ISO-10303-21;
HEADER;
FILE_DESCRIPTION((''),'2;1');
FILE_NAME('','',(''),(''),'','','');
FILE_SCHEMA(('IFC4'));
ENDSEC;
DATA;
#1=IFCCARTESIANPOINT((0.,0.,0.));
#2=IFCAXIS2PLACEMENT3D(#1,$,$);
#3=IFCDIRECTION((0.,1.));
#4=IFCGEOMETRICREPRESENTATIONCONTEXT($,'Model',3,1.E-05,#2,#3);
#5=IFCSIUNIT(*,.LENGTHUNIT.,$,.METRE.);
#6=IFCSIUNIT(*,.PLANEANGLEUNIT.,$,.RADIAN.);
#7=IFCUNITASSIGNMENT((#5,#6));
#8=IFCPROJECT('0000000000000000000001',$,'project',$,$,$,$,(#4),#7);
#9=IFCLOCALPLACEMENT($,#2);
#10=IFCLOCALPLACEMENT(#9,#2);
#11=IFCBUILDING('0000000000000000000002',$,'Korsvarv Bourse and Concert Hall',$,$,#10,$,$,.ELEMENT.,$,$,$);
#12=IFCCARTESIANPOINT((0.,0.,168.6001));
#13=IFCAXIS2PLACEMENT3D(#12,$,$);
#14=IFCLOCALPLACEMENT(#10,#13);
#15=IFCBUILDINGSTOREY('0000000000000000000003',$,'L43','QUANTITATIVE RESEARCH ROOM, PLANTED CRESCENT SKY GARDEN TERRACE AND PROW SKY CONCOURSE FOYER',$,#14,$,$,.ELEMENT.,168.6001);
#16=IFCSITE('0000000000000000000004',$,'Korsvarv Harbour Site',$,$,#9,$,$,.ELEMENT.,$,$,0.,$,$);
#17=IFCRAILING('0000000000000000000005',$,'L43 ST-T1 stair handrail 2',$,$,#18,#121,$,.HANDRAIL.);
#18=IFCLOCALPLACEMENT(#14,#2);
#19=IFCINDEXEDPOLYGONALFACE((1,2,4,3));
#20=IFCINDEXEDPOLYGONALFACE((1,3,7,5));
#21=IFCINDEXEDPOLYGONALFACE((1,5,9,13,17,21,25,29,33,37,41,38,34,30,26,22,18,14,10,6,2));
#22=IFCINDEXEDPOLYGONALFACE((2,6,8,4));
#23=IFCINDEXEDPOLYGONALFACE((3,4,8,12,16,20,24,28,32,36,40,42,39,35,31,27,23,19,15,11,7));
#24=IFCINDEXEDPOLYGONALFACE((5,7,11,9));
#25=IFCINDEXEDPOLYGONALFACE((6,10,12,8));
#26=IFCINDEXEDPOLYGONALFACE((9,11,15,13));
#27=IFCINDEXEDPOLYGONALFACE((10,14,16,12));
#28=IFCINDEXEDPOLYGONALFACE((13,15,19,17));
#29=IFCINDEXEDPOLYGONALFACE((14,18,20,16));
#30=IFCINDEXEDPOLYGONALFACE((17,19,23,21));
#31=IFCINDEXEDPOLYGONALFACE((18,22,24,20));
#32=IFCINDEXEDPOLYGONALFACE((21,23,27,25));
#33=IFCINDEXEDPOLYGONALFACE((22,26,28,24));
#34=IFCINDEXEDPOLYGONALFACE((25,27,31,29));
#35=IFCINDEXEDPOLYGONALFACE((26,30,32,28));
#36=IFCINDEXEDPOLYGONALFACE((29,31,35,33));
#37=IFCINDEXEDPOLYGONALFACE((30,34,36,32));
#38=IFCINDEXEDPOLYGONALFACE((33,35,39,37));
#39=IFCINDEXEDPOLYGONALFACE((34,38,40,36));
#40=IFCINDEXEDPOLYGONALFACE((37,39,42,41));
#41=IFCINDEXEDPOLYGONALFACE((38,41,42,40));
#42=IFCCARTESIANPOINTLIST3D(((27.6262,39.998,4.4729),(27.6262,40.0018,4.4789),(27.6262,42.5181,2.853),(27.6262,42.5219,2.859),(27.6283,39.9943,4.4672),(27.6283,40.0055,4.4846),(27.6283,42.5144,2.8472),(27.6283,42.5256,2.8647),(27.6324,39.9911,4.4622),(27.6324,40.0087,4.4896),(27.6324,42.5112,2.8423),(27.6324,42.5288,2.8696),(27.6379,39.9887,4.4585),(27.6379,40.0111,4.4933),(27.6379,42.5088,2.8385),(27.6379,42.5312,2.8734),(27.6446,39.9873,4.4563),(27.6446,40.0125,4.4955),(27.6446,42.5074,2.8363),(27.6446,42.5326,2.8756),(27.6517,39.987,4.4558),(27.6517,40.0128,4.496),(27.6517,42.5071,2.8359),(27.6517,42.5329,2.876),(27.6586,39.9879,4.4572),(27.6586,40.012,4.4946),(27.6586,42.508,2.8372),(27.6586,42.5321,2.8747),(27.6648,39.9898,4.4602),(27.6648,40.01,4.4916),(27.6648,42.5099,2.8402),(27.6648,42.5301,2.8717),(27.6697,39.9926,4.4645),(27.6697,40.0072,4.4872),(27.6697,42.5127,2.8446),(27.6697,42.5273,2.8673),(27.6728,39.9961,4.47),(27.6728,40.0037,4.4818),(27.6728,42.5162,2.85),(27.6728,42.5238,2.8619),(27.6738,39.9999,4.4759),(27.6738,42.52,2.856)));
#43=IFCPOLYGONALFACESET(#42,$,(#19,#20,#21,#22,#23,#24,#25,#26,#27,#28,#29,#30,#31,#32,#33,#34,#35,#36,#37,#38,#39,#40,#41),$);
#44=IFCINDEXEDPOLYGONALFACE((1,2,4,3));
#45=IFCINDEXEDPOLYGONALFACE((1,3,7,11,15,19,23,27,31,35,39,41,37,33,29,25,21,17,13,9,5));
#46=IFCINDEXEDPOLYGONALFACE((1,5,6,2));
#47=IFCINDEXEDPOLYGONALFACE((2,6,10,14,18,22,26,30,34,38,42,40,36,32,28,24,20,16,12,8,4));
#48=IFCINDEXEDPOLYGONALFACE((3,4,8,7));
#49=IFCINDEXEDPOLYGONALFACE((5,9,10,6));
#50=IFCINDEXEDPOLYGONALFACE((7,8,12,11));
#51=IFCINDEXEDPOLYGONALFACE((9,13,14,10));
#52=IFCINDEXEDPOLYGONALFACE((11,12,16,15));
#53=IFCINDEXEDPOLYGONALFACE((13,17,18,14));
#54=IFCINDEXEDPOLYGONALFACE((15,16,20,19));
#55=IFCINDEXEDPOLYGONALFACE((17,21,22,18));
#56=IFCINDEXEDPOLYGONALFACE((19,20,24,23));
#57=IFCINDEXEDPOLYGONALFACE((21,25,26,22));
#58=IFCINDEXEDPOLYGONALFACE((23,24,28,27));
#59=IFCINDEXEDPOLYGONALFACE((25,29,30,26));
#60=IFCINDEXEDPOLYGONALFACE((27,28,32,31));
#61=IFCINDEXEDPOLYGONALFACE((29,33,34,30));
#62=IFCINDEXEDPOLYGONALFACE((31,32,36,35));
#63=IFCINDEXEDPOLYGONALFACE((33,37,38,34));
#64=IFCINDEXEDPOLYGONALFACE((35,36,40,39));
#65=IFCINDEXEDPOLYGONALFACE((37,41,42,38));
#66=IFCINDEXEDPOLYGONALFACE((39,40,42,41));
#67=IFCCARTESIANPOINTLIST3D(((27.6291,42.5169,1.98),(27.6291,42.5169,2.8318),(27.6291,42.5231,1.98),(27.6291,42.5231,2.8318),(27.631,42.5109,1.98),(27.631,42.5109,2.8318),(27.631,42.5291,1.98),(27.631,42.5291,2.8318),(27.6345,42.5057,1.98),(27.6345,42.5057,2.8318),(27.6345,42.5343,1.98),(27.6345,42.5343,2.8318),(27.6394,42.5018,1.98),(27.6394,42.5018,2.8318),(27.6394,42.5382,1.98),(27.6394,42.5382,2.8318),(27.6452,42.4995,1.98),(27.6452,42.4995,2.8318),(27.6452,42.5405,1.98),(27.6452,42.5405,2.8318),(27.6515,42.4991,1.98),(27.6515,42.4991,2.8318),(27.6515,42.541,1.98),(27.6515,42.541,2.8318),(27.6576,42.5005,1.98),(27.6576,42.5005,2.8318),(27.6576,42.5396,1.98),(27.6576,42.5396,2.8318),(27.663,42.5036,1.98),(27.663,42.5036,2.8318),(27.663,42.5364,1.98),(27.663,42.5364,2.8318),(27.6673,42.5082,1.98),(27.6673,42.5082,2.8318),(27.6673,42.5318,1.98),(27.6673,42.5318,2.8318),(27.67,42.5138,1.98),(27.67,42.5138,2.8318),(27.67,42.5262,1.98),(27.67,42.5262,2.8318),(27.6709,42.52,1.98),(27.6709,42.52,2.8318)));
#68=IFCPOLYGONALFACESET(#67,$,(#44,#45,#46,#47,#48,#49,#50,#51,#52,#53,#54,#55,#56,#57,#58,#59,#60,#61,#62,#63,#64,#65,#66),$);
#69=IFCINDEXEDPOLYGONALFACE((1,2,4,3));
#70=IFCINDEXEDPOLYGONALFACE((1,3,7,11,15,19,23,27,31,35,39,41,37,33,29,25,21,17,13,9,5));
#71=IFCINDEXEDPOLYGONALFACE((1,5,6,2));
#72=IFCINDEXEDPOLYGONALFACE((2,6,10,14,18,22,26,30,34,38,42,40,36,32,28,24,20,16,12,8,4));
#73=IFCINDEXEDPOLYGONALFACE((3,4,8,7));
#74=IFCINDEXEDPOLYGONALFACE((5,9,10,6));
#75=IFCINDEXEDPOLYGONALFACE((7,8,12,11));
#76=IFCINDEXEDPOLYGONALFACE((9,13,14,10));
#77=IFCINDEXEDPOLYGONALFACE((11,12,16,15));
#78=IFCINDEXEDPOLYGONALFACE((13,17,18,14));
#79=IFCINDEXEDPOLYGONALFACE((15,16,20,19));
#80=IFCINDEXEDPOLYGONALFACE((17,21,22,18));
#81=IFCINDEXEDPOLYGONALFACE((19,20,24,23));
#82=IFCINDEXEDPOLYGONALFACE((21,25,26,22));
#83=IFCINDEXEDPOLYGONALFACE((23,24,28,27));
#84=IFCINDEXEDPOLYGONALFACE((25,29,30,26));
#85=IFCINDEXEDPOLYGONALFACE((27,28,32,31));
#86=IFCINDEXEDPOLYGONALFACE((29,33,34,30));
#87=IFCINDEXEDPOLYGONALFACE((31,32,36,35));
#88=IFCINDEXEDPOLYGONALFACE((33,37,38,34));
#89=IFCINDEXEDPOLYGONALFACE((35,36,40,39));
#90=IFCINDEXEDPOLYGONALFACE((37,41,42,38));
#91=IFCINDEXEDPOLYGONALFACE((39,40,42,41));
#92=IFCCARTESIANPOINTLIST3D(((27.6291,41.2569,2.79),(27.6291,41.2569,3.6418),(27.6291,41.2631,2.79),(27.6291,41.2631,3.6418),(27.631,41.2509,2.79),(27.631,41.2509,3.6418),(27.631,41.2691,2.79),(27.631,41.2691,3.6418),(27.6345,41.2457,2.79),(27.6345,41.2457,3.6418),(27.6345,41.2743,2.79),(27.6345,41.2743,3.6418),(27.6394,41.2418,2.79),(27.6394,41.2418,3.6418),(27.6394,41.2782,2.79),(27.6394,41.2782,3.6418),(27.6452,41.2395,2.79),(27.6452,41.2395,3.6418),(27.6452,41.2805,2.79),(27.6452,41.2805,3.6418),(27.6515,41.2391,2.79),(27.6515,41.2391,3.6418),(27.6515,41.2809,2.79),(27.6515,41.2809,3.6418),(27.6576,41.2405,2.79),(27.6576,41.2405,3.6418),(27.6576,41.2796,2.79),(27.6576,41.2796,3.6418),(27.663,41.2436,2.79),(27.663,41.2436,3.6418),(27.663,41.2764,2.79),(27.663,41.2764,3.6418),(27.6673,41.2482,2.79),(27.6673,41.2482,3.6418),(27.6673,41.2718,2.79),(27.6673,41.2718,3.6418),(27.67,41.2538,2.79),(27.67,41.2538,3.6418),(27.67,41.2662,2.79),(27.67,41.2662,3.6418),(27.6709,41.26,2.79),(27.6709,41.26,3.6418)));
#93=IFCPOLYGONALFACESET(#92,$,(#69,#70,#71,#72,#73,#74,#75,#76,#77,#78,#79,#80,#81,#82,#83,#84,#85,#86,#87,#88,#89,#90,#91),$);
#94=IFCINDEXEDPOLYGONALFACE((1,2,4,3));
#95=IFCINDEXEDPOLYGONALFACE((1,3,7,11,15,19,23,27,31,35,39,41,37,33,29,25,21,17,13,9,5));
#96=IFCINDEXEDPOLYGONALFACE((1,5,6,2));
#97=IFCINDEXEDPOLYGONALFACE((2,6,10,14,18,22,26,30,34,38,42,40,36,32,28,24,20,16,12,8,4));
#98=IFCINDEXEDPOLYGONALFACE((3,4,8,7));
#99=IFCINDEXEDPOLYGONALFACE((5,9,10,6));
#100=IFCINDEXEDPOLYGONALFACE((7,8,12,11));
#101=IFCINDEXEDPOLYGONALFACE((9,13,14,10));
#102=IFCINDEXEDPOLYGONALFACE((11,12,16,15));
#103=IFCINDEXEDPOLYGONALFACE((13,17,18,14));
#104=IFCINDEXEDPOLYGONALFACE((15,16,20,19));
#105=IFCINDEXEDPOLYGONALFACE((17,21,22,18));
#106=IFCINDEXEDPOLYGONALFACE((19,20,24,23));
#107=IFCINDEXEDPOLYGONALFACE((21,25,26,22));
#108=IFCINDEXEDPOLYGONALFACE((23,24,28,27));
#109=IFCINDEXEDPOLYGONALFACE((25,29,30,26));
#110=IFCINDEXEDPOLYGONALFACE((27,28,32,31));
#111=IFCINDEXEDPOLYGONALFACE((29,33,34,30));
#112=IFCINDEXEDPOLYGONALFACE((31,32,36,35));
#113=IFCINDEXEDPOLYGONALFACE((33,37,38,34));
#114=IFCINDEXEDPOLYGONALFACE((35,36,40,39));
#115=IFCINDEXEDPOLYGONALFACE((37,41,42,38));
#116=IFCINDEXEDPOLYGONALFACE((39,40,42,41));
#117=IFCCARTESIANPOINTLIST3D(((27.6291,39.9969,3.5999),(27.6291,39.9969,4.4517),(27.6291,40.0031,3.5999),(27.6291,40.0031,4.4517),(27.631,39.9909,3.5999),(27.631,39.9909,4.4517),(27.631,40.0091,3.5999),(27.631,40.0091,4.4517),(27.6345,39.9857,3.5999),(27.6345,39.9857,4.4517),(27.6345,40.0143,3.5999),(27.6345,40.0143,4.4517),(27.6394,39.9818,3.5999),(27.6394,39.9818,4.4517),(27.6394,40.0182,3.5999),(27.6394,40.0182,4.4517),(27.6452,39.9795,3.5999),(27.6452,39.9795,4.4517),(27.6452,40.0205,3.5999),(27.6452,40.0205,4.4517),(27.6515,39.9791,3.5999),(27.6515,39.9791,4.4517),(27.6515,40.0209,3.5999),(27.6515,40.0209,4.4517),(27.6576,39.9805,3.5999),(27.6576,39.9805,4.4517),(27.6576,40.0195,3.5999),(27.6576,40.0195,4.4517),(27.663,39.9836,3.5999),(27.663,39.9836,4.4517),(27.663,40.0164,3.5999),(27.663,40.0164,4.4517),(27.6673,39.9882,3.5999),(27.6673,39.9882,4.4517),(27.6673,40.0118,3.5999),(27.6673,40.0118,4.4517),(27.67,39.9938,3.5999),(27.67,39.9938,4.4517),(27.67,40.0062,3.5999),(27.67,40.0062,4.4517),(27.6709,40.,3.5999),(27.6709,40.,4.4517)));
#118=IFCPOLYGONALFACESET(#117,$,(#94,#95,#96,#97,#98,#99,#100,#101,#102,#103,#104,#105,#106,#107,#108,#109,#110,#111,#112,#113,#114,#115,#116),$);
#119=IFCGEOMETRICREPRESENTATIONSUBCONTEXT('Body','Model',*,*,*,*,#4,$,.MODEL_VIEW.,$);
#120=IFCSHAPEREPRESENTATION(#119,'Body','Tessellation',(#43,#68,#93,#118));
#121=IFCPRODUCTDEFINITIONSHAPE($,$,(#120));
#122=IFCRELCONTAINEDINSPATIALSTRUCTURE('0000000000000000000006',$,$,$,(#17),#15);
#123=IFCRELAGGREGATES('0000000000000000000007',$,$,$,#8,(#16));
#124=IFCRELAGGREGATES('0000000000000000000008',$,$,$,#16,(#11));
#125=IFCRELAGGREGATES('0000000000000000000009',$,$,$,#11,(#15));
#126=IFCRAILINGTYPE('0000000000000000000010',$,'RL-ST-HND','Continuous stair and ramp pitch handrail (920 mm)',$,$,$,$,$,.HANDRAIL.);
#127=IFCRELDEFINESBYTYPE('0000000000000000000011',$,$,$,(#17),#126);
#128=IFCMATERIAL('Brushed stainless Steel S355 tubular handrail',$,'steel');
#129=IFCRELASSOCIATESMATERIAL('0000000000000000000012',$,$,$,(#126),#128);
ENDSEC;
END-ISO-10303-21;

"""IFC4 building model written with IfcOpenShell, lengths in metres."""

from ifc_helpers import new_model, si_unit, direction, frame, origin, origin_2d, place, context, subcontext, project, spatial, circle, extrude, material, type_object, element, save


model = new_model("IFC4")

# Units and contexts
model_context = context("Model", 3, precision=1e-05, world=origin(), true_north=direction((0.0, 1.0)))
body_context = subcontext(model_context, "Body", "Model", "MODEL_VIEW")
ifc_project = project(units=[si_unit("LENGTHUNIT", "METRE"), si_unit("PLANEANGLEUNIT", "RADIAN")], contexts=[model_context])

# Site, building, storey
site_placement = place(None, origin())
site = spatial("IfcSite", under=ifc_project, at=site_placement, Name="Korsvarv Harbour Site", CompositionType="ELEMENT", RefElevation=0.0)
building_placement = place(site_placement, origin())
building = spatial("IfcBuilding", under=site, at=building_placement, Name="Korsvarv Bourse and Concert Hall", CompositionType="ELEMENT")
storey_placement = place(building_placement, frame((0.0, 0.0, 168.6001)))
storey = spatial("IfcBuildingStorey", under=building, at=storey_placement, Name="L43", Description="QUANTITATIVE RESEARCH ROOM, PLANTED CRESCENT SKY GARDEN TERRACE AND PROW SKY CONCOURSE FOYER", CompositionType="ELEMENT", Elevation=168.6001)

# Railing
ifc_material_1 = material(Name="Brushed stainless Steel S355 tubular handrail", Category="steel")
railing_type_1 = type_object("IfcRailingType", Name="RL-ST-HND", Description="Continuous stair and ramp pitch handrail (920 mm)", PredefinedType="HANDRAIL", material=ifc_material_1)
railing_1_placement = place(storey_placement, frame((27.6499, 42.52, 1.98)))
element("IfcRailing", 1, at=railing_1_placement, inside=storey, type_object=railing_type_1, Name="L43 ST-T1 stair handrail 2", PredefinedType="HANDRAIL", context=body_context, shape_type="SweptSolid", body=[
    extrude(circle(Radius=0.0239, at=origin_2d()), frame((0.0, 0.0, 0.876), z_axis=(0.0, -0.8412, 0.540725), x_axis=(1.0, 0.0, 0.0)), (0.0, 0.0, 1.0), 2.9958),
    extrude(circle(Radius=0.021, at=origin_2d()), origin(), (0.0, 0.0, 1.0), 0.8518),
    extrude(circle(Radius=0.021, at=origin_2d()), frame((0.0, -1.26, 0.8101)), (0.0, 0.0, 1.0), 0.8518),
    extrude(circle(Radius=0.021, at=origin_2d()), frame((0.0, -2.52, 1.6199)), (0.0, 0.0, 1.0), 0.8518),
])

save(model, "model.ifc")
